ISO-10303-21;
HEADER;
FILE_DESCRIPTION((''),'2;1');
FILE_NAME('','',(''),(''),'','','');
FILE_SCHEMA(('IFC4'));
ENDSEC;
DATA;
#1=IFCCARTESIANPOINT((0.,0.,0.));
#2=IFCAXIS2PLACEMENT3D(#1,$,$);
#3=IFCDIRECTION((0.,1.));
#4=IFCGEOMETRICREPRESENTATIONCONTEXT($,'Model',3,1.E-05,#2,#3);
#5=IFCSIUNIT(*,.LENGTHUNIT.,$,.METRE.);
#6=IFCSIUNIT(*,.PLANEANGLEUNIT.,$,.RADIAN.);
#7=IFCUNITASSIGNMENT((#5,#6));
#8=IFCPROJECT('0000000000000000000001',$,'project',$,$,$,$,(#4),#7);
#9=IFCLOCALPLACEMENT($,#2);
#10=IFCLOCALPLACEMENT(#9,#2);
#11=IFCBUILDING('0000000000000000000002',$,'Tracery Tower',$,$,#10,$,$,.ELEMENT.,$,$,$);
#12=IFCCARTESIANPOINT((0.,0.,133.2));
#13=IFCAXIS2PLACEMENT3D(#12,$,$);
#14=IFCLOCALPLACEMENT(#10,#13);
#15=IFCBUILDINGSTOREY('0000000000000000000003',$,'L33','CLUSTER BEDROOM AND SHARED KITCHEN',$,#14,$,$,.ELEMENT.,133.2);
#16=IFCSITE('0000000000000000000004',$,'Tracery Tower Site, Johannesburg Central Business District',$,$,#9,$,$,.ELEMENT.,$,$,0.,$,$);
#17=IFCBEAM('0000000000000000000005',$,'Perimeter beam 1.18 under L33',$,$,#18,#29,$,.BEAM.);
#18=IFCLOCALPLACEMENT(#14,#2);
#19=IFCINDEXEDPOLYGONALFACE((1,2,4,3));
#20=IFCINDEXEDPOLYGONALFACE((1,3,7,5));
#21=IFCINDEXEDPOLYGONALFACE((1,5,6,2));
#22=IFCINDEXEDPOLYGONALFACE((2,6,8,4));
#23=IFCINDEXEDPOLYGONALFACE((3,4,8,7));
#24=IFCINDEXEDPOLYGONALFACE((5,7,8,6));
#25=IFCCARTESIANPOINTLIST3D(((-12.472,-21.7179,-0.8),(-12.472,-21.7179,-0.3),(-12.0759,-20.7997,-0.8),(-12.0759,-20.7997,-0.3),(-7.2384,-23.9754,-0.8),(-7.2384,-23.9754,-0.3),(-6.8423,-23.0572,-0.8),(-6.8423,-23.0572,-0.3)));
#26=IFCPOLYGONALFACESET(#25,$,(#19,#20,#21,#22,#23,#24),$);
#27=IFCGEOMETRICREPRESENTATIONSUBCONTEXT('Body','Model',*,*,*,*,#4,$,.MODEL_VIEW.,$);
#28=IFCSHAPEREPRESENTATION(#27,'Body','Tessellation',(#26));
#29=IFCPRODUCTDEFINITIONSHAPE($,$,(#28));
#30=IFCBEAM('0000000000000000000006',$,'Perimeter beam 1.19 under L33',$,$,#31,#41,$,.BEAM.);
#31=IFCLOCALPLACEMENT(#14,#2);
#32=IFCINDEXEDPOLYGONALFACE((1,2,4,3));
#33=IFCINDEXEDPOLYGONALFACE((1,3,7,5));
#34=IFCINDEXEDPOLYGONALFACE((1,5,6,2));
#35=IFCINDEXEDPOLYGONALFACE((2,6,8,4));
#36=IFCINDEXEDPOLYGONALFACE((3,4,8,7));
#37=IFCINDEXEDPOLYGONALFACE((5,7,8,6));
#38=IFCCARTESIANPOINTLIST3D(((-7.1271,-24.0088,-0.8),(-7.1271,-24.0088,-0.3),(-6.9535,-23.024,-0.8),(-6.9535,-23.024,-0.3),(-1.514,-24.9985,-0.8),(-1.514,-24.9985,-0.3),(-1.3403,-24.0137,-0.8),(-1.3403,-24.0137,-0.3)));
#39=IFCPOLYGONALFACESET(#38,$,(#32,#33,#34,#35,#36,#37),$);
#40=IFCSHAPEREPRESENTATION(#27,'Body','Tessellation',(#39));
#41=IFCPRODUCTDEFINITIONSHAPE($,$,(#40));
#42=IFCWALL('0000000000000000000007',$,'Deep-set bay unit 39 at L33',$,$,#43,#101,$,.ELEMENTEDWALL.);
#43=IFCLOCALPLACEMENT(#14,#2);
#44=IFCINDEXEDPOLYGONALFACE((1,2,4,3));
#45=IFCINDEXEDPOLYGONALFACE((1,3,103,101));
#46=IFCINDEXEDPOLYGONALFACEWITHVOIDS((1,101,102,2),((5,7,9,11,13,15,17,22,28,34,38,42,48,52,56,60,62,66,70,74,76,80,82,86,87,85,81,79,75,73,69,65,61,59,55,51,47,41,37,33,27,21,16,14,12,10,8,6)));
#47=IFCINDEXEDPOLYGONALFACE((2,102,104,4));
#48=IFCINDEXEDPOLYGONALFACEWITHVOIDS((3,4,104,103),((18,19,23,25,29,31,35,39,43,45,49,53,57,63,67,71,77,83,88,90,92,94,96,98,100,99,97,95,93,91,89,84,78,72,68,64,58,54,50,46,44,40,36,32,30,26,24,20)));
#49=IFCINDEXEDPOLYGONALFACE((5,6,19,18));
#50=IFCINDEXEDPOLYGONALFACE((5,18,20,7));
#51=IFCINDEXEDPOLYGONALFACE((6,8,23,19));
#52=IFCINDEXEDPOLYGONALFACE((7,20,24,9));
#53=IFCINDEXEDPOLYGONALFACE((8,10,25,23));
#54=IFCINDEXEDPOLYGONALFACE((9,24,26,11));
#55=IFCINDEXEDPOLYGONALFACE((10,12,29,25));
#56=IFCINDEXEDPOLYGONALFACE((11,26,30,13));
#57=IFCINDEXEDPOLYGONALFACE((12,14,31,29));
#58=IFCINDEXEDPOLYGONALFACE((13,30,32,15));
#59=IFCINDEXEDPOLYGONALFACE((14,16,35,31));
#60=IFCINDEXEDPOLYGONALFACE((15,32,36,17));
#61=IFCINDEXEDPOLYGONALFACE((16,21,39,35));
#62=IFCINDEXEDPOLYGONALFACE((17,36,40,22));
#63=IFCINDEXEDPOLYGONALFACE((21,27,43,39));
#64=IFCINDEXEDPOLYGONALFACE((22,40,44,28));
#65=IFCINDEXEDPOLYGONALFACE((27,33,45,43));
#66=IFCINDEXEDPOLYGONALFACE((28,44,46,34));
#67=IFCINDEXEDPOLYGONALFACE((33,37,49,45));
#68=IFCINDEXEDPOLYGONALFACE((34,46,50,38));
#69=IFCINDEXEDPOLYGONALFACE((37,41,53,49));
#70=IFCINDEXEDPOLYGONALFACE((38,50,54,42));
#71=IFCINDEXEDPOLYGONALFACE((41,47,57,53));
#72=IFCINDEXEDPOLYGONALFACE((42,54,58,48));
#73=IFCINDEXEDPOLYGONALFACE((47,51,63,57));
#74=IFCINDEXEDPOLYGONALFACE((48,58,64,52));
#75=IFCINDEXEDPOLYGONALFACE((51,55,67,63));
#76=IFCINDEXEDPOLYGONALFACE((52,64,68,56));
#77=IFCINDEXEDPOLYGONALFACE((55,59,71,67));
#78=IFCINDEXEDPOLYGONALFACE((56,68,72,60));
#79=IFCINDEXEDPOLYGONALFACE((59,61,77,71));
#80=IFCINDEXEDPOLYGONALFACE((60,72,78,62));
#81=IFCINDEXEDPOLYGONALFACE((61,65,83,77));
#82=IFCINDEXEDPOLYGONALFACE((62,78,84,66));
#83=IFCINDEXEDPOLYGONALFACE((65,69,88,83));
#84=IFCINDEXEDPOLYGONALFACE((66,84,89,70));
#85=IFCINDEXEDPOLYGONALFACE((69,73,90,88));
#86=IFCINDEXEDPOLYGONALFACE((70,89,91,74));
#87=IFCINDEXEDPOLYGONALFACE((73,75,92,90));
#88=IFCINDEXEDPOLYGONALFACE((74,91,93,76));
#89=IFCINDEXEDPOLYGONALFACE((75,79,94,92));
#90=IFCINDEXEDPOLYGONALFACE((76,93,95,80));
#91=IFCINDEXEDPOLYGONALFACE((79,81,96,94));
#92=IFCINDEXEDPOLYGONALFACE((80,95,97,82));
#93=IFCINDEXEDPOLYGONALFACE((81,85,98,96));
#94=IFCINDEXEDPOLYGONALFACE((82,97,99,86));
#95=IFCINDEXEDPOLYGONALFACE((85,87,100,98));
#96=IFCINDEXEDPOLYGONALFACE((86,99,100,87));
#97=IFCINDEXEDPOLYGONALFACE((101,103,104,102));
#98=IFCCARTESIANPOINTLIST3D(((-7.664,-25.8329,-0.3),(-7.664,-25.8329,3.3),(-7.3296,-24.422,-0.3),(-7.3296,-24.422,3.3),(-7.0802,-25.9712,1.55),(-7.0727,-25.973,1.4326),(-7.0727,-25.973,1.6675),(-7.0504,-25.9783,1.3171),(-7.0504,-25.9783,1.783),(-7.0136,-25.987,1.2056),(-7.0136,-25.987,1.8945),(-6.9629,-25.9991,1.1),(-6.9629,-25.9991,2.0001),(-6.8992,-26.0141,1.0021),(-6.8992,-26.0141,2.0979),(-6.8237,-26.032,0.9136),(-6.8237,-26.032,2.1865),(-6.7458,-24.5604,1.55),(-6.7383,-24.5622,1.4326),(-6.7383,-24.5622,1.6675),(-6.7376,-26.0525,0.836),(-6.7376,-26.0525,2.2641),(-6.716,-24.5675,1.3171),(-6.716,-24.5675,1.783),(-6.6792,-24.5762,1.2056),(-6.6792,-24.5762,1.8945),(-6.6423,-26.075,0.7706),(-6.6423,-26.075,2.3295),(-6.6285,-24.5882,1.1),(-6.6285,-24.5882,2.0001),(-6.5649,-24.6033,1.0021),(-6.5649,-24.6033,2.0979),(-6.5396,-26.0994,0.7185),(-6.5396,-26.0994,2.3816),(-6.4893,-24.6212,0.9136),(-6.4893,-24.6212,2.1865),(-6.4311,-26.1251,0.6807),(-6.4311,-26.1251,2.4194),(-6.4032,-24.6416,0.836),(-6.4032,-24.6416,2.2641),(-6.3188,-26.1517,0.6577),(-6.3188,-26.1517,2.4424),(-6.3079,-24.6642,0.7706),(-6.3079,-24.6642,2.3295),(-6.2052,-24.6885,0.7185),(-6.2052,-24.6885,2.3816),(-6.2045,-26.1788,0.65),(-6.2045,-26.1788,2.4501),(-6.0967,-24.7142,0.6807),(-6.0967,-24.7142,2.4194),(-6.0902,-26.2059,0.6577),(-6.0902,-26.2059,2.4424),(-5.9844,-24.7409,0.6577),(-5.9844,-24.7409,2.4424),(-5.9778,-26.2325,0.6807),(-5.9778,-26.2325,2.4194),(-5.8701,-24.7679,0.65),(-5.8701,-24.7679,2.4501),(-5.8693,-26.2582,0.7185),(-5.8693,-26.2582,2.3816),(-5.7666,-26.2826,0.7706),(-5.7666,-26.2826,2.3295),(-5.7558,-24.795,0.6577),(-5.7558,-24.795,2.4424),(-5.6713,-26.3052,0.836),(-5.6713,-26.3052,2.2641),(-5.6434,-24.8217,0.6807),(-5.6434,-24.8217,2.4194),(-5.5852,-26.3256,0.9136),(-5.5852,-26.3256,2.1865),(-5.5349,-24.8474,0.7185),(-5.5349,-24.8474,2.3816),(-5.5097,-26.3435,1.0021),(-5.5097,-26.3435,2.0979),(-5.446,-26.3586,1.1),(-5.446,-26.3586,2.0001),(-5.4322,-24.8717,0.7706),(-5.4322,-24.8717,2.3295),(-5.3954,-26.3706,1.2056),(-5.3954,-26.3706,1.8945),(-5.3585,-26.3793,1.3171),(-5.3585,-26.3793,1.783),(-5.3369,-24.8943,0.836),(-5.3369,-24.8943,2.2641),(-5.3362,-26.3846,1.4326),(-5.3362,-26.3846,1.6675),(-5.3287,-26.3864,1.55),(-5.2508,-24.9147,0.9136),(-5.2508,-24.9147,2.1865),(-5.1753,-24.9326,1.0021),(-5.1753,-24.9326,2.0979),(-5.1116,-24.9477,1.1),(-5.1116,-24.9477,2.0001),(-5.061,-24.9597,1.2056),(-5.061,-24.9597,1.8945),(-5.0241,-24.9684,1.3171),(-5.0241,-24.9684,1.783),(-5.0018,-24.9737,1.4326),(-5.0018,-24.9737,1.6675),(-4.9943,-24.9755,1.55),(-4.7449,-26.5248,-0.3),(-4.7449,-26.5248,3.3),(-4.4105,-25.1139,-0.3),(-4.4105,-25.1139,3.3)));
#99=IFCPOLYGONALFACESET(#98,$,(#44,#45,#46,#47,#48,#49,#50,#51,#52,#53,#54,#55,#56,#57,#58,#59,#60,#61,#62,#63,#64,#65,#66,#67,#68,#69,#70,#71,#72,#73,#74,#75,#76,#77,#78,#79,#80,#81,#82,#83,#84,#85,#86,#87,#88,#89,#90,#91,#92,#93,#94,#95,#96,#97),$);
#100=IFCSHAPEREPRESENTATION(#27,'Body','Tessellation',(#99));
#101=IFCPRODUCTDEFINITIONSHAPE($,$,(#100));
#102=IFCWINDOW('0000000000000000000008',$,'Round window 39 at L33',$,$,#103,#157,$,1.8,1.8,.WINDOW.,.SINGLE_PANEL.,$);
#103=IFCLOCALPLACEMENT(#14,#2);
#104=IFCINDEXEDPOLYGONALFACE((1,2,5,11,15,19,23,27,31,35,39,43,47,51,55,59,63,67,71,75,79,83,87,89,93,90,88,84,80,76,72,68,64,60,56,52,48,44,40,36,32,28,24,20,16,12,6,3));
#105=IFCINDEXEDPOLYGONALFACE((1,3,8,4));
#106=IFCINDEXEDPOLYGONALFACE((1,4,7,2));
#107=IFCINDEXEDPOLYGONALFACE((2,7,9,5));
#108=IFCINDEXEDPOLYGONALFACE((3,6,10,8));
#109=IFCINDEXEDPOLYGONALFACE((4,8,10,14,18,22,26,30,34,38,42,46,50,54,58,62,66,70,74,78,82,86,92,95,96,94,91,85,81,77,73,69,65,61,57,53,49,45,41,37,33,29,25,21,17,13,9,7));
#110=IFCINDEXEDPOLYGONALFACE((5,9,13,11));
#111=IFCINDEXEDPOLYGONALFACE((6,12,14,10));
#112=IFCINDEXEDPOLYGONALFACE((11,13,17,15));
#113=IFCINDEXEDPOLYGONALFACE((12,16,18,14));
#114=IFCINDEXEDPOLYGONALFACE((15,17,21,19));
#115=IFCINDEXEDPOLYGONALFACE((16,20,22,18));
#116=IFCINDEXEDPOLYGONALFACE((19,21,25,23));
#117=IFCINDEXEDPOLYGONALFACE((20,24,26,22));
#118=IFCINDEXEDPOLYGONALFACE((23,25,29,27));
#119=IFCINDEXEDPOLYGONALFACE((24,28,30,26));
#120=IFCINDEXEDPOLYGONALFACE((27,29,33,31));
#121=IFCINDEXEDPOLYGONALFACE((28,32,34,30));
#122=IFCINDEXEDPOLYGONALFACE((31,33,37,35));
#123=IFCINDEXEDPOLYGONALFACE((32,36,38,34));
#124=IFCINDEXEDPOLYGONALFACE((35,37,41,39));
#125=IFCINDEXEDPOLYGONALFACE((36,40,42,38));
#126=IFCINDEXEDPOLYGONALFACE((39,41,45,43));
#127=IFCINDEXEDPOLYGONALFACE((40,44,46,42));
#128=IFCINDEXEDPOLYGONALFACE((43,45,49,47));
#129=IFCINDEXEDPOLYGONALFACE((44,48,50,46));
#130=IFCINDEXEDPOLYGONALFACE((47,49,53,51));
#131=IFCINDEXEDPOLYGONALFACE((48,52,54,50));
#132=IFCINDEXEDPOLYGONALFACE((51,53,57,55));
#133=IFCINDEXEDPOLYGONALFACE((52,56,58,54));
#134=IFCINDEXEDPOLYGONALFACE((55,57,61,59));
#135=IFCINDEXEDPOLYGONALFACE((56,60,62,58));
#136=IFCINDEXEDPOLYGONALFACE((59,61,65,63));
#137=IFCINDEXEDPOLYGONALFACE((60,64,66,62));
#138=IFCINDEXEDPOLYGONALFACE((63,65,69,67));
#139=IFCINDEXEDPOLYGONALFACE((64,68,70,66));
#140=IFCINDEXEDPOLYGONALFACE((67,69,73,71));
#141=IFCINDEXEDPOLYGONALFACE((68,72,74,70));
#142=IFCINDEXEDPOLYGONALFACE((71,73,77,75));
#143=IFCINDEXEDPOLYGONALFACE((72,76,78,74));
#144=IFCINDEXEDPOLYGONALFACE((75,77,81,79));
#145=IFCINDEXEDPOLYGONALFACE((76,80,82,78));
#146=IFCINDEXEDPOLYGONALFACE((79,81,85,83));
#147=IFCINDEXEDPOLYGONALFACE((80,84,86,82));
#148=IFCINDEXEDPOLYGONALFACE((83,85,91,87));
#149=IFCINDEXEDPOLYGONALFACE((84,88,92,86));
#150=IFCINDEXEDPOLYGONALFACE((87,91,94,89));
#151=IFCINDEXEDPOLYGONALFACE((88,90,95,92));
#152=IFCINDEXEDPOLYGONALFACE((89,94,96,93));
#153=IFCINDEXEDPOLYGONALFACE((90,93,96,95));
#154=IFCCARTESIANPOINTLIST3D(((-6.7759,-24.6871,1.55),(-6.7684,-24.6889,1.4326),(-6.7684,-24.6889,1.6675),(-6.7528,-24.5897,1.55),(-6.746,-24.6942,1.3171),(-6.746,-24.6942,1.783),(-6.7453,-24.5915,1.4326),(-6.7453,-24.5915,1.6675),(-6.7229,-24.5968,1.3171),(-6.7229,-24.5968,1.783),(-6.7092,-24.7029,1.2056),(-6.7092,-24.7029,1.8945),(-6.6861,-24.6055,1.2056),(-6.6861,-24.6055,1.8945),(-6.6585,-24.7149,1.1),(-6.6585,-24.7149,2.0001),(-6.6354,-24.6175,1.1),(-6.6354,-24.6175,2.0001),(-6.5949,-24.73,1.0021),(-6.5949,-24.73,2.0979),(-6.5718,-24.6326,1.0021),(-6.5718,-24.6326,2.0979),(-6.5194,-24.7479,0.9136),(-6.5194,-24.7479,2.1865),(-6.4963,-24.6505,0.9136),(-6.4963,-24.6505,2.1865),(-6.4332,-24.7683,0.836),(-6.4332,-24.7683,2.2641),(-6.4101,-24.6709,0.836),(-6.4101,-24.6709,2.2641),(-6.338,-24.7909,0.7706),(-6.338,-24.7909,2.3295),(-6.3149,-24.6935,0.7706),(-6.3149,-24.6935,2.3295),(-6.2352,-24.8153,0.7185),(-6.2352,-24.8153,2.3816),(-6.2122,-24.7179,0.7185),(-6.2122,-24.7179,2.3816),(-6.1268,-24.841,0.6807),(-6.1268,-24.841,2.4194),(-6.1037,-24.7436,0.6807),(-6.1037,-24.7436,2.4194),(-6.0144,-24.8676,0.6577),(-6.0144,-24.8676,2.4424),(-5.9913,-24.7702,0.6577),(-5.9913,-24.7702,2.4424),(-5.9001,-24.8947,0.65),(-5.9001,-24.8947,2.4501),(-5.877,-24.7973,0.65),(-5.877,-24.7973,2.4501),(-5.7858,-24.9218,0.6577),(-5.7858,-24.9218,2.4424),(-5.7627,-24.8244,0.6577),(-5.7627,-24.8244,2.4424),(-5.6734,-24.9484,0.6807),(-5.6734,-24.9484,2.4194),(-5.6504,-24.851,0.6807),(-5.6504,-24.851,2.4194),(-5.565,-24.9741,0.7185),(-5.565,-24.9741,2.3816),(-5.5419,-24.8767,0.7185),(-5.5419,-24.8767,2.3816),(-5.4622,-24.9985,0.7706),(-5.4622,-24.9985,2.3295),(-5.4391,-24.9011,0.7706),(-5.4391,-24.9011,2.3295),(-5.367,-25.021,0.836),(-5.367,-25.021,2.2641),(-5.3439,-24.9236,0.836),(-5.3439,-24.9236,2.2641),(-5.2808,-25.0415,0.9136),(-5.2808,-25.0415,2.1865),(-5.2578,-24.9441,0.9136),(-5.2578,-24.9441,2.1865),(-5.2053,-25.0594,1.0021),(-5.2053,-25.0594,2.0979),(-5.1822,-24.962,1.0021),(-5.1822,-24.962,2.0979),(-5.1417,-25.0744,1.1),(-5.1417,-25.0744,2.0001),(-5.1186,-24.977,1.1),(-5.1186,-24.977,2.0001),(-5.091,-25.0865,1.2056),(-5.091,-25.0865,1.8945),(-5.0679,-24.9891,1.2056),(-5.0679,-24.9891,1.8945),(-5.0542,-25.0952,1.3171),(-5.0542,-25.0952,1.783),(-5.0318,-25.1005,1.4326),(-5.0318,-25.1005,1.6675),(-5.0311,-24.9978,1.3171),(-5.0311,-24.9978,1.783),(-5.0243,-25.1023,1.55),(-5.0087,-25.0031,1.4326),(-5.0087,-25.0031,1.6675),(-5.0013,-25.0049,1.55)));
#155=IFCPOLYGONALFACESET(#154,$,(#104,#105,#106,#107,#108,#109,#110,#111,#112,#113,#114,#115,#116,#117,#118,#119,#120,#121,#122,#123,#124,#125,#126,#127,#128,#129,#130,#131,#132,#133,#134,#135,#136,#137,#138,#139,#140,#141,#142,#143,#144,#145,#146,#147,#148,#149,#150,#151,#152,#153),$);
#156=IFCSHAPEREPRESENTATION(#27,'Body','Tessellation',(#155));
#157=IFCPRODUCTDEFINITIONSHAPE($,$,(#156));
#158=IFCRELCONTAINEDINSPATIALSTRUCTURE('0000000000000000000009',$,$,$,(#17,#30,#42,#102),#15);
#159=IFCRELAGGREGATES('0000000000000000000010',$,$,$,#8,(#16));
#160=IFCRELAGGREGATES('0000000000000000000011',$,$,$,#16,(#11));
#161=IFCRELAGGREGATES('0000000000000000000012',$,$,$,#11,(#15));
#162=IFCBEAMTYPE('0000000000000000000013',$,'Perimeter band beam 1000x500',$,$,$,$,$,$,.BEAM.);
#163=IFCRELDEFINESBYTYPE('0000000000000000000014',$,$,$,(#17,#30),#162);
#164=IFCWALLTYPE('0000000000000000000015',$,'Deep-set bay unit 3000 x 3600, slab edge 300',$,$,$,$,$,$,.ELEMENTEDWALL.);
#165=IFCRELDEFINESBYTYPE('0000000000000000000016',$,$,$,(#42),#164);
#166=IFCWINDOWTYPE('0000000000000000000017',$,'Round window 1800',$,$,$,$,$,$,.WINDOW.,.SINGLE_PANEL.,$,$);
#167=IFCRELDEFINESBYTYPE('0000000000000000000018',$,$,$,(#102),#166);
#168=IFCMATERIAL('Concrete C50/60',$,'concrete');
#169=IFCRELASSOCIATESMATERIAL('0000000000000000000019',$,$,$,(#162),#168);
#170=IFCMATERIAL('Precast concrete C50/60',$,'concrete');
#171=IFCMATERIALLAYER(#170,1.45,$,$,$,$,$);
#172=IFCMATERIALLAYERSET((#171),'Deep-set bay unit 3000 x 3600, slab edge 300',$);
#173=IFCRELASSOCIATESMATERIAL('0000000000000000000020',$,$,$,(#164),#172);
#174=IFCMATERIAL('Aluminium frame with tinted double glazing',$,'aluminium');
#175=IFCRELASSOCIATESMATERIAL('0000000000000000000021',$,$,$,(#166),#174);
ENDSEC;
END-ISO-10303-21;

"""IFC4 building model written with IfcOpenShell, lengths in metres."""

from ifc_helpers import new_model, si_unit, direction, frame, frame_2d, origin, origin_2d, place, context, subcontext, project, spatial, rectangle, circle, extrude, material, layer, layer_set, material_profile, profile_set, type_object, element, fill, save


model = new_model("IFC4")

# Units and contexts
model_context = context("Model", 3, precision=1e-05, world=origin(), true_north=direction((0.0, 1.0)))
body_context = subcontext(model_context, "Body", "Model", "MODEL_VIEW")
ifc_project = project(units=[si_unit("LENGTHUNIT", "METRE"), si_unit("PLANEANGLEUNIT", "RADIAN")], contexts=[model_context])

# Site, building, storey
site_placement = place(None, origin())
site = spatial("IfcSite", under=ifc_project, at=site_placement, Name="Tracery Tower Site, Johannesburg Central Business District", CompositionType="ELEMENT", RefElevation=0.0)
building_placement = place(site_placement, origin())
building = spatial("IfcBuilding", under=site, at=building_placement, Name="Tracery Tower", CompositionType="ELEMENT")
storey_placement = place(building_placement, frame((0.0, 0.0, 133.2)))
storey = spatial("IfcBuildingStorey", under=building, at=storey_placement, Name="L33", Description="CLUSTER BEDROOM AND SHARED KITCHEN", CompositionType="ELEMENT", Elevation=133.2)

# Beams
ifc_material_1 = material(Name="Concrete C50/60", Category="concrete")
ifc_material_profile_1 = material_profile(ifc_material_1, rectangle(XDim=1.0, YDim=0.5, at=origin_2d()), Name="RC 1000x500")
ifc_profile_set_1 = profile_set([ifc_material_profile_1], Name="Concrete C50/60")
beam_type = type_object("IfcBeamType", Name="Perimeter band beam 1000x500", PredefinedType="BEAM", material=ifc_profile_set_1)
for number, where, z_axis, x_axis, name in (
    (1, (-12.2739, -21.2588, -0.55), (0.918216, -0.396079, 0.0), (0.396079, 0.918216, 0.0), "Perimeter beam 1.18 under L33"),
    (2, (-7.0403, -23.5164, -0.55), (0.984807, -0.173651, 0.0), (0.173651, 0.984807, 0.0), "Perimeter beam 1.19 under L33"),
):
    element("IfcBeam", number, at=place(storey_placement, frame(where, z_axis=z_axis, x_axis=x_axis)), inside=storey, type_object=beam_type, Name=name, PredefinedType="BEAM", context=body_context, shape_type="SweptSolid", body=[
        extrude(rectangle(XDim=1.0, YDim=0.5, at=origin_2d()), origin(), (0.0, 0.0, 1.0), 5.6997),
    ])

# Wall, opening, window
ifc_material_2 = material(Name="Precast concrete C50/60", Category="concrete")
ifc_layer_1 = layer(ifc_material_2, 1.45)
ifc_layer_set_1 = layer_set([ifc_layer_1], Name="Deep-set bay unit 3000 x 3600, slab edge 300")
wall_type_1 = type_object("IfcWallType", Name="Deep-set bay unit 3000 x 3600, slab edge 300", PredefinedType="ELEMENTEDWALL", material=ifc_layer_set_1)
wall_1_placement = place(storey_placement, frame((-7.4968, -25.1274, -0.3), z_axis=(0.0, 0.0, 1.0), x_axis=(0.973042, -0.230627, 0.0)))
wall_1 = element("IfcWall", 3, at=wall_1_placement, inside=storey, type_object=wall_type_1, Name="Deep-set bay unit 39 at L33", PredefinedType="ELEMENTEDWALL", context=body_context, shape_type="SweptSolid", body=[
    extrude(rectangle(XDim=3.0, YDim=1.45, at=frame_2d((1.5, 0.0))), origin(), (0.0, 0.0, 1.0), 3.6001),
])
opening_1_placement = place(wall_1_placement, frame((1.5, 0.0, 1.8501)))
opening_1 = element("IfcOpeningElement", 4, at=opening_1_placement, cuts=wall_1, PredefinedType="OPENING", context=body_context, shape_type="SweptSolid", body=[
    extrude(circle(Radius=0.9, at=origin_2d()), frame((0.0, 0.7349, 0.0), z_axis=(0.0, -1.0, 0.0), x_axis=(1.0, 0.0, 0.0)), (0.0, 0.0, 1.0), 1.47),
])
ifc_material_3 = material(Name="Aluminium frame with tinted double glazing", Category="aluminium")
window_type = type_object("IfcWindowType", Name="Round window 1800", PartitioningType="SINGLE_PANEL", PredefinedType="WINDOW", material=ifc_material_3)
window_1_placement = place(opening_1_placement, origin())
window_1 = element("IfcWindow", 5, at=window_1_placement, inside=storey, type_object=window_type, Name="Round window 39 at L33", OverallHeight=1.8, OverallWidth=1.8, PartitioningType="SINGLE_PANEL", PredefinedType="WINDOW", context=body_context, shape_type="SweptSolid", body=[
    extrude(circle(Radius=0.9, at=origin_2d()), frame((0.0, 0.6948, 0.0), z_axis=(0.0, -1.0, 0.0), x_axis=(1.0, 0.0, 0.0)), (0.0, 0.0, 1.0), 0.1001),
])
fill(opening_1, window_1)

save(model, "model.ifc")
